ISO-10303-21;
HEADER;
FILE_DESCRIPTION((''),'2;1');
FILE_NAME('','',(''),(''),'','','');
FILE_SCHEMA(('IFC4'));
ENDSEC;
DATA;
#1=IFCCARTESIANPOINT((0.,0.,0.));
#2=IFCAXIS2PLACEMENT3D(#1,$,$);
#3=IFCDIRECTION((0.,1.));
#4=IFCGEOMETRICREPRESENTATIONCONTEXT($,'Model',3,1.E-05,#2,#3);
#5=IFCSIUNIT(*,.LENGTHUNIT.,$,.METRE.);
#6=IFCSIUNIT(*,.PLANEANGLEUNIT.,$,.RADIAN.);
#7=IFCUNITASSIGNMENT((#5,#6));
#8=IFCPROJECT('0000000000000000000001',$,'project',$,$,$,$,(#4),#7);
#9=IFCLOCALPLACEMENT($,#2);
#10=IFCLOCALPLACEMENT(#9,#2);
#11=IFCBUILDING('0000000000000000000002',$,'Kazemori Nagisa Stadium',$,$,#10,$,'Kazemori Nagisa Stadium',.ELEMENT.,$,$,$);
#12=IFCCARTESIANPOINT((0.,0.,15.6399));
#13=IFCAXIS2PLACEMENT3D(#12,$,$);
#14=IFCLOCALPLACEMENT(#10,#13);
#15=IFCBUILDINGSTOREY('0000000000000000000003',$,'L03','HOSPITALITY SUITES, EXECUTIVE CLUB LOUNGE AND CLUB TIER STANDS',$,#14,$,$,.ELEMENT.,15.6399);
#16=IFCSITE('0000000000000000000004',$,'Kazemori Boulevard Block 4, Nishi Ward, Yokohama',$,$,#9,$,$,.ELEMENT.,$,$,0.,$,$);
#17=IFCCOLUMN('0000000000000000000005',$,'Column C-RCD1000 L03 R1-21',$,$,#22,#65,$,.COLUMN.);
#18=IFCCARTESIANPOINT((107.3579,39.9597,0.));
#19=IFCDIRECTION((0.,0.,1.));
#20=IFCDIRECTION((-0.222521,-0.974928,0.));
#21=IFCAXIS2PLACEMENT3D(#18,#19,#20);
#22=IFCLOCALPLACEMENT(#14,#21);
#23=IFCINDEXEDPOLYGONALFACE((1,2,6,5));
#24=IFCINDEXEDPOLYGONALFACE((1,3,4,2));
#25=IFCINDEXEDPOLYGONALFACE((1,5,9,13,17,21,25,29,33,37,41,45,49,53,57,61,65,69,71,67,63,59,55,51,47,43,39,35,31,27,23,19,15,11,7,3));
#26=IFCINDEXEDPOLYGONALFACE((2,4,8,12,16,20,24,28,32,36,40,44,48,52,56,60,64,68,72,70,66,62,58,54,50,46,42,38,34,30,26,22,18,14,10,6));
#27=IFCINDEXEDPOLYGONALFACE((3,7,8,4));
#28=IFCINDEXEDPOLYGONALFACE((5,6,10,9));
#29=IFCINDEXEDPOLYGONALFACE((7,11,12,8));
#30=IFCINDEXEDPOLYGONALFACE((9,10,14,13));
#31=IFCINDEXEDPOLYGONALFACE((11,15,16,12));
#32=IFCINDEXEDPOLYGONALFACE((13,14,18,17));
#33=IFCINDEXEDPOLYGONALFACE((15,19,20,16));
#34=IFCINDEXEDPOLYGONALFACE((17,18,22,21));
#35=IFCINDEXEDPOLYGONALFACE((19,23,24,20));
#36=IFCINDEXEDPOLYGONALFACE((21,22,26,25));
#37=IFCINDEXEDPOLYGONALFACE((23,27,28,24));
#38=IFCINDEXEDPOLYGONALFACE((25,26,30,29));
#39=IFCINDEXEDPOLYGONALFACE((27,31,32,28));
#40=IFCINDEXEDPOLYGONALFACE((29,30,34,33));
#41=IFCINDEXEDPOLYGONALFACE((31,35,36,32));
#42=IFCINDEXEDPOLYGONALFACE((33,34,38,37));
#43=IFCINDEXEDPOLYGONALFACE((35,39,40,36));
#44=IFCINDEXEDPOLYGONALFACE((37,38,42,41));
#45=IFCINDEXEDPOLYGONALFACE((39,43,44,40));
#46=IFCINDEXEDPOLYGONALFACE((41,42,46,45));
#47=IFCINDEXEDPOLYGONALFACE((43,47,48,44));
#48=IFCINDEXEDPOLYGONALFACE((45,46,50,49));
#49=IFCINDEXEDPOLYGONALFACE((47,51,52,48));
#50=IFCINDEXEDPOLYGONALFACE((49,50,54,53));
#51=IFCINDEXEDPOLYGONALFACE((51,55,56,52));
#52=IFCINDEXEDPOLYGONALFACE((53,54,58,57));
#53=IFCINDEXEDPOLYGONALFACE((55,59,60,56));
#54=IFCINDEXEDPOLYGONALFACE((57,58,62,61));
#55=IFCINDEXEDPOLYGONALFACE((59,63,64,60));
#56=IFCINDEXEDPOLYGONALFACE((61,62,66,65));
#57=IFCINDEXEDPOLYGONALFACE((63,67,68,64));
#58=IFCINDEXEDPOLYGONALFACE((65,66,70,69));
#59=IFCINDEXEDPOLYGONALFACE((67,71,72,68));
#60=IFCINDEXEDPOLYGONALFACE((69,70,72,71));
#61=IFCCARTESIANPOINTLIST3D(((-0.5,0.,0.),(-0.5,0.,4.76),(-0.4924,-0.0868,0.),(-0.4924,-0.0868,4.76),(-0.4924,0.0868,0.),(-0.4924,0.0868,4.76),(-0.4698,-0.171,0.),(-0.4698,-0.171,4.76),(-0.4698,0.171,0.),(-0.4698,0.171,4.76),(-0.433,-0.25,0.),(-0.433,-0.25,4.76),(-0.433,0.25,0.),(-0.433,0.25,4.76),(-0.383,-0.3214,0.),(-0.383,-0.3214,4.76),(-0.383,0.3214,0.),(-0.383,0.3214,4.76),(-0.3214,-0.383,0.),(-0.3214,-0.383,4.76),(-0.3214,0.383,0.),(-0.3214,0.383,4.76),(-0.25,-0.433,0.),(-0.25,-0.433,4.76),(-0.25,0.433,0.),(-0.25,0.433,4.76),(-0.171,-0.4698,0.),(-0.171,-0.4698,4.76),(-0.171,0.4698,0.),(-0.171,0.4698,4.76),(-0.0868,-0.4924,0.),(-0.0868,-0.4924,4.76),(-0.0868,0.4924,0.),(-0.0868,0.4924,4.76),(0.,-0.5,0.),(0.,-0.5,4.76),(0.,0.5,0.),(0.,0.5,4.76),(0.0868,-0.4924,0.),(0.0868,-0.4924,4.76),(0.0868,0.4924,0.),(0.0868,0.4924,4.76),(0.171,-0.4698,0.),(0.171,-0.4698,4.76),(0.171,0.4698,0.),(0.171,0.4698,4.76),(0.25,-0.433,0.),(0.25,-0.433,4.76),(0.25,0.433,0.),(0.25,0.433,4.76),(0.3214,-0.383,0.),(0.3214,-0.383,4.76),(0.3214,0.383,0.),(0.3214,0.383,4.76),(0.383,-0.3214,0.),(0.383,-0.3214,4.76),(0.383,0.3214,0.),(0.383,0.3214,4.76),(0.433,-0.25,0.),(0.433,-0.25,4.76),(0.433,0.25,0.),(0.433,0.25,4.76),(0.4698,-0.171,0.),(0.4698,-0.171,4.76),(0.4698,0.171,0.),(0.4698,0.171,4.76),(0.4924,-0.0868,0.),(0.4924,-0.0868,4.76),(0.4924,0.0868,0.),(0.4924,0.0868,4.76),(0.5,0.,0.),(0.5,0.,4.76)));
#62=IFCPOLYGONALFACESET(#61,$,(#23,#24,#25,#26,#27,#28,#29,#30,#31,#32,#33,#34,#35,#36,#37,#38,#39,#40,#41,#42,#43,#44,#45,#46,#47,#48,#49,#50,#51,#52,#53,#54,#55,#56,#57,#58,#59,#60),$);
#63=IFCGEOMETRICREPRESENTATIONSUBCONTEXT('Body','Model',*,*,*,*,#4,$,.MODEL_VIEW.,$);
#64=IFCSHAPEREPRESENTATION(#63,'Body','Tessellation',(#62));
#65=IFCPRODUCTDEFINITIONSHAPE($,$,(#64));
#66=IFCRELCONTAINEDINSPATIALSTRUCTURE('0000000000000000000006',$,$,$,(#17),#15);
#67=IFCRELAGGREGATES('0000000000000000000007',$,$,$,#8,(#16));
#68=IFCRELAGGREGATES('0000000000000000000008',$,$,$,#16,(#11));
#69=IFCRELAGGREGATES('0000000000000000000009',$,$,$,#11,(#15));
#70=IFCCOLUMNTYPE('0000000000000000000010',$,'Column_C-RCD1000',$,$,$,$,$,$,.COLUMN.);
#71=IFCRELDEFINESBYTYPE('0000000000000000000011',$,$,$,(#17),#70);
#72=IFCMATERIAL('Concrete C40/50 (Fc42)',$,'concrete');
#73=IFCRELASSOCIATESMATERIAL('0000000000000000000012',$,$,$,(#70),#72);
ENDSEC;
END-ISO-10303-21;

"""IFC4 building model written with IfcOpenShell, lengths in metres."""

from ifc_helpers import new_model, si_unit, direction, frame, origin, origin_2d, place, context, subcontext, project, spatial, circle, extrude, material, material_profile, profile_set, type_object, element, save


model = new_model("IFC4")

# Units and contexts
model_context = context("Model", 3, precision=1e-05, world=origin(), true_north=direction((0.0, 1.0)))
body_context = subcontext(model_context, "Body", "Model", "MODEL_VIEW")
ifc_project = project(units=[si_unit("LENGTHUNIT", "METRE"), si_unit("PLANEANGLEUNIT", "RADIAN")], contexts=[model_context])

# Site, building, storey
site_placement = place(None, origin())
site = spatial("IfcSite", under=ifc_project, at=site_placement, Name="Kazemori Boulevard Block 4, Nishi Ward, Yokohama", CompositionType="ELEMENT", RefElevation=0.0)
building_placement = place(site_placement, origin())
building = spatial("IfcBuilding", under=site, at=building_placement, Name="Kazemori Nagisa Stadium", LongName="Kazemori Nagisa Stadium", CompositionType="ELEMENT")
storey_placement = place(building_placement, frame((0.0, 0.0, 15.6399)))
storey = spatial("IfcBuildingStorey", under=building, at=storey_placement, Name="L03", Description="HOSPITALITY SUITES, EXECUTIVE CLUB LOUNGE AND CLUB TIER STANDS", CompositionType="ELEMENT", Elevation=15.6399)

# Column
ifc_material_1 = material(Name="Concrete C40/50 (Fc42)", Category="concrete")
ifc_material_profile_1 = material_profile(ifc_material_1, circle(Radius=0.5, at=origin_2d()), Name="RC-COL-D1000")
ifc_profile_set_1 = profile_set([ifc_material_profile_1], Name="Concrete C40/50 (Fc42)")
column_type = type_object("IfcColumnType", Name="Column_C-RCD1000", PredefinedType="COLUMN", material=ifc_profile_set_1)
column_placement = place(storey_placement, frame((107.3579, 39.9597, 0.0), z_axis=(0.0, 0.0, 1.0), x_axis=(-0.222521, -0.974928, 0.0)))
element("IfcColumn", 1, at=column_placement, inside=storey, type_object=column_type, Name="Column C-RCD1000 L03 R1-21", PredefinedType="COLUMN", context=body_context, shape_type="SweptSolid", body=[
    extrude(circle(Radius=0.5, at=origin_2d()), origin(), (0.0, 0.0, 1.0), 4.76),
])

save(model, "model.ifc")
